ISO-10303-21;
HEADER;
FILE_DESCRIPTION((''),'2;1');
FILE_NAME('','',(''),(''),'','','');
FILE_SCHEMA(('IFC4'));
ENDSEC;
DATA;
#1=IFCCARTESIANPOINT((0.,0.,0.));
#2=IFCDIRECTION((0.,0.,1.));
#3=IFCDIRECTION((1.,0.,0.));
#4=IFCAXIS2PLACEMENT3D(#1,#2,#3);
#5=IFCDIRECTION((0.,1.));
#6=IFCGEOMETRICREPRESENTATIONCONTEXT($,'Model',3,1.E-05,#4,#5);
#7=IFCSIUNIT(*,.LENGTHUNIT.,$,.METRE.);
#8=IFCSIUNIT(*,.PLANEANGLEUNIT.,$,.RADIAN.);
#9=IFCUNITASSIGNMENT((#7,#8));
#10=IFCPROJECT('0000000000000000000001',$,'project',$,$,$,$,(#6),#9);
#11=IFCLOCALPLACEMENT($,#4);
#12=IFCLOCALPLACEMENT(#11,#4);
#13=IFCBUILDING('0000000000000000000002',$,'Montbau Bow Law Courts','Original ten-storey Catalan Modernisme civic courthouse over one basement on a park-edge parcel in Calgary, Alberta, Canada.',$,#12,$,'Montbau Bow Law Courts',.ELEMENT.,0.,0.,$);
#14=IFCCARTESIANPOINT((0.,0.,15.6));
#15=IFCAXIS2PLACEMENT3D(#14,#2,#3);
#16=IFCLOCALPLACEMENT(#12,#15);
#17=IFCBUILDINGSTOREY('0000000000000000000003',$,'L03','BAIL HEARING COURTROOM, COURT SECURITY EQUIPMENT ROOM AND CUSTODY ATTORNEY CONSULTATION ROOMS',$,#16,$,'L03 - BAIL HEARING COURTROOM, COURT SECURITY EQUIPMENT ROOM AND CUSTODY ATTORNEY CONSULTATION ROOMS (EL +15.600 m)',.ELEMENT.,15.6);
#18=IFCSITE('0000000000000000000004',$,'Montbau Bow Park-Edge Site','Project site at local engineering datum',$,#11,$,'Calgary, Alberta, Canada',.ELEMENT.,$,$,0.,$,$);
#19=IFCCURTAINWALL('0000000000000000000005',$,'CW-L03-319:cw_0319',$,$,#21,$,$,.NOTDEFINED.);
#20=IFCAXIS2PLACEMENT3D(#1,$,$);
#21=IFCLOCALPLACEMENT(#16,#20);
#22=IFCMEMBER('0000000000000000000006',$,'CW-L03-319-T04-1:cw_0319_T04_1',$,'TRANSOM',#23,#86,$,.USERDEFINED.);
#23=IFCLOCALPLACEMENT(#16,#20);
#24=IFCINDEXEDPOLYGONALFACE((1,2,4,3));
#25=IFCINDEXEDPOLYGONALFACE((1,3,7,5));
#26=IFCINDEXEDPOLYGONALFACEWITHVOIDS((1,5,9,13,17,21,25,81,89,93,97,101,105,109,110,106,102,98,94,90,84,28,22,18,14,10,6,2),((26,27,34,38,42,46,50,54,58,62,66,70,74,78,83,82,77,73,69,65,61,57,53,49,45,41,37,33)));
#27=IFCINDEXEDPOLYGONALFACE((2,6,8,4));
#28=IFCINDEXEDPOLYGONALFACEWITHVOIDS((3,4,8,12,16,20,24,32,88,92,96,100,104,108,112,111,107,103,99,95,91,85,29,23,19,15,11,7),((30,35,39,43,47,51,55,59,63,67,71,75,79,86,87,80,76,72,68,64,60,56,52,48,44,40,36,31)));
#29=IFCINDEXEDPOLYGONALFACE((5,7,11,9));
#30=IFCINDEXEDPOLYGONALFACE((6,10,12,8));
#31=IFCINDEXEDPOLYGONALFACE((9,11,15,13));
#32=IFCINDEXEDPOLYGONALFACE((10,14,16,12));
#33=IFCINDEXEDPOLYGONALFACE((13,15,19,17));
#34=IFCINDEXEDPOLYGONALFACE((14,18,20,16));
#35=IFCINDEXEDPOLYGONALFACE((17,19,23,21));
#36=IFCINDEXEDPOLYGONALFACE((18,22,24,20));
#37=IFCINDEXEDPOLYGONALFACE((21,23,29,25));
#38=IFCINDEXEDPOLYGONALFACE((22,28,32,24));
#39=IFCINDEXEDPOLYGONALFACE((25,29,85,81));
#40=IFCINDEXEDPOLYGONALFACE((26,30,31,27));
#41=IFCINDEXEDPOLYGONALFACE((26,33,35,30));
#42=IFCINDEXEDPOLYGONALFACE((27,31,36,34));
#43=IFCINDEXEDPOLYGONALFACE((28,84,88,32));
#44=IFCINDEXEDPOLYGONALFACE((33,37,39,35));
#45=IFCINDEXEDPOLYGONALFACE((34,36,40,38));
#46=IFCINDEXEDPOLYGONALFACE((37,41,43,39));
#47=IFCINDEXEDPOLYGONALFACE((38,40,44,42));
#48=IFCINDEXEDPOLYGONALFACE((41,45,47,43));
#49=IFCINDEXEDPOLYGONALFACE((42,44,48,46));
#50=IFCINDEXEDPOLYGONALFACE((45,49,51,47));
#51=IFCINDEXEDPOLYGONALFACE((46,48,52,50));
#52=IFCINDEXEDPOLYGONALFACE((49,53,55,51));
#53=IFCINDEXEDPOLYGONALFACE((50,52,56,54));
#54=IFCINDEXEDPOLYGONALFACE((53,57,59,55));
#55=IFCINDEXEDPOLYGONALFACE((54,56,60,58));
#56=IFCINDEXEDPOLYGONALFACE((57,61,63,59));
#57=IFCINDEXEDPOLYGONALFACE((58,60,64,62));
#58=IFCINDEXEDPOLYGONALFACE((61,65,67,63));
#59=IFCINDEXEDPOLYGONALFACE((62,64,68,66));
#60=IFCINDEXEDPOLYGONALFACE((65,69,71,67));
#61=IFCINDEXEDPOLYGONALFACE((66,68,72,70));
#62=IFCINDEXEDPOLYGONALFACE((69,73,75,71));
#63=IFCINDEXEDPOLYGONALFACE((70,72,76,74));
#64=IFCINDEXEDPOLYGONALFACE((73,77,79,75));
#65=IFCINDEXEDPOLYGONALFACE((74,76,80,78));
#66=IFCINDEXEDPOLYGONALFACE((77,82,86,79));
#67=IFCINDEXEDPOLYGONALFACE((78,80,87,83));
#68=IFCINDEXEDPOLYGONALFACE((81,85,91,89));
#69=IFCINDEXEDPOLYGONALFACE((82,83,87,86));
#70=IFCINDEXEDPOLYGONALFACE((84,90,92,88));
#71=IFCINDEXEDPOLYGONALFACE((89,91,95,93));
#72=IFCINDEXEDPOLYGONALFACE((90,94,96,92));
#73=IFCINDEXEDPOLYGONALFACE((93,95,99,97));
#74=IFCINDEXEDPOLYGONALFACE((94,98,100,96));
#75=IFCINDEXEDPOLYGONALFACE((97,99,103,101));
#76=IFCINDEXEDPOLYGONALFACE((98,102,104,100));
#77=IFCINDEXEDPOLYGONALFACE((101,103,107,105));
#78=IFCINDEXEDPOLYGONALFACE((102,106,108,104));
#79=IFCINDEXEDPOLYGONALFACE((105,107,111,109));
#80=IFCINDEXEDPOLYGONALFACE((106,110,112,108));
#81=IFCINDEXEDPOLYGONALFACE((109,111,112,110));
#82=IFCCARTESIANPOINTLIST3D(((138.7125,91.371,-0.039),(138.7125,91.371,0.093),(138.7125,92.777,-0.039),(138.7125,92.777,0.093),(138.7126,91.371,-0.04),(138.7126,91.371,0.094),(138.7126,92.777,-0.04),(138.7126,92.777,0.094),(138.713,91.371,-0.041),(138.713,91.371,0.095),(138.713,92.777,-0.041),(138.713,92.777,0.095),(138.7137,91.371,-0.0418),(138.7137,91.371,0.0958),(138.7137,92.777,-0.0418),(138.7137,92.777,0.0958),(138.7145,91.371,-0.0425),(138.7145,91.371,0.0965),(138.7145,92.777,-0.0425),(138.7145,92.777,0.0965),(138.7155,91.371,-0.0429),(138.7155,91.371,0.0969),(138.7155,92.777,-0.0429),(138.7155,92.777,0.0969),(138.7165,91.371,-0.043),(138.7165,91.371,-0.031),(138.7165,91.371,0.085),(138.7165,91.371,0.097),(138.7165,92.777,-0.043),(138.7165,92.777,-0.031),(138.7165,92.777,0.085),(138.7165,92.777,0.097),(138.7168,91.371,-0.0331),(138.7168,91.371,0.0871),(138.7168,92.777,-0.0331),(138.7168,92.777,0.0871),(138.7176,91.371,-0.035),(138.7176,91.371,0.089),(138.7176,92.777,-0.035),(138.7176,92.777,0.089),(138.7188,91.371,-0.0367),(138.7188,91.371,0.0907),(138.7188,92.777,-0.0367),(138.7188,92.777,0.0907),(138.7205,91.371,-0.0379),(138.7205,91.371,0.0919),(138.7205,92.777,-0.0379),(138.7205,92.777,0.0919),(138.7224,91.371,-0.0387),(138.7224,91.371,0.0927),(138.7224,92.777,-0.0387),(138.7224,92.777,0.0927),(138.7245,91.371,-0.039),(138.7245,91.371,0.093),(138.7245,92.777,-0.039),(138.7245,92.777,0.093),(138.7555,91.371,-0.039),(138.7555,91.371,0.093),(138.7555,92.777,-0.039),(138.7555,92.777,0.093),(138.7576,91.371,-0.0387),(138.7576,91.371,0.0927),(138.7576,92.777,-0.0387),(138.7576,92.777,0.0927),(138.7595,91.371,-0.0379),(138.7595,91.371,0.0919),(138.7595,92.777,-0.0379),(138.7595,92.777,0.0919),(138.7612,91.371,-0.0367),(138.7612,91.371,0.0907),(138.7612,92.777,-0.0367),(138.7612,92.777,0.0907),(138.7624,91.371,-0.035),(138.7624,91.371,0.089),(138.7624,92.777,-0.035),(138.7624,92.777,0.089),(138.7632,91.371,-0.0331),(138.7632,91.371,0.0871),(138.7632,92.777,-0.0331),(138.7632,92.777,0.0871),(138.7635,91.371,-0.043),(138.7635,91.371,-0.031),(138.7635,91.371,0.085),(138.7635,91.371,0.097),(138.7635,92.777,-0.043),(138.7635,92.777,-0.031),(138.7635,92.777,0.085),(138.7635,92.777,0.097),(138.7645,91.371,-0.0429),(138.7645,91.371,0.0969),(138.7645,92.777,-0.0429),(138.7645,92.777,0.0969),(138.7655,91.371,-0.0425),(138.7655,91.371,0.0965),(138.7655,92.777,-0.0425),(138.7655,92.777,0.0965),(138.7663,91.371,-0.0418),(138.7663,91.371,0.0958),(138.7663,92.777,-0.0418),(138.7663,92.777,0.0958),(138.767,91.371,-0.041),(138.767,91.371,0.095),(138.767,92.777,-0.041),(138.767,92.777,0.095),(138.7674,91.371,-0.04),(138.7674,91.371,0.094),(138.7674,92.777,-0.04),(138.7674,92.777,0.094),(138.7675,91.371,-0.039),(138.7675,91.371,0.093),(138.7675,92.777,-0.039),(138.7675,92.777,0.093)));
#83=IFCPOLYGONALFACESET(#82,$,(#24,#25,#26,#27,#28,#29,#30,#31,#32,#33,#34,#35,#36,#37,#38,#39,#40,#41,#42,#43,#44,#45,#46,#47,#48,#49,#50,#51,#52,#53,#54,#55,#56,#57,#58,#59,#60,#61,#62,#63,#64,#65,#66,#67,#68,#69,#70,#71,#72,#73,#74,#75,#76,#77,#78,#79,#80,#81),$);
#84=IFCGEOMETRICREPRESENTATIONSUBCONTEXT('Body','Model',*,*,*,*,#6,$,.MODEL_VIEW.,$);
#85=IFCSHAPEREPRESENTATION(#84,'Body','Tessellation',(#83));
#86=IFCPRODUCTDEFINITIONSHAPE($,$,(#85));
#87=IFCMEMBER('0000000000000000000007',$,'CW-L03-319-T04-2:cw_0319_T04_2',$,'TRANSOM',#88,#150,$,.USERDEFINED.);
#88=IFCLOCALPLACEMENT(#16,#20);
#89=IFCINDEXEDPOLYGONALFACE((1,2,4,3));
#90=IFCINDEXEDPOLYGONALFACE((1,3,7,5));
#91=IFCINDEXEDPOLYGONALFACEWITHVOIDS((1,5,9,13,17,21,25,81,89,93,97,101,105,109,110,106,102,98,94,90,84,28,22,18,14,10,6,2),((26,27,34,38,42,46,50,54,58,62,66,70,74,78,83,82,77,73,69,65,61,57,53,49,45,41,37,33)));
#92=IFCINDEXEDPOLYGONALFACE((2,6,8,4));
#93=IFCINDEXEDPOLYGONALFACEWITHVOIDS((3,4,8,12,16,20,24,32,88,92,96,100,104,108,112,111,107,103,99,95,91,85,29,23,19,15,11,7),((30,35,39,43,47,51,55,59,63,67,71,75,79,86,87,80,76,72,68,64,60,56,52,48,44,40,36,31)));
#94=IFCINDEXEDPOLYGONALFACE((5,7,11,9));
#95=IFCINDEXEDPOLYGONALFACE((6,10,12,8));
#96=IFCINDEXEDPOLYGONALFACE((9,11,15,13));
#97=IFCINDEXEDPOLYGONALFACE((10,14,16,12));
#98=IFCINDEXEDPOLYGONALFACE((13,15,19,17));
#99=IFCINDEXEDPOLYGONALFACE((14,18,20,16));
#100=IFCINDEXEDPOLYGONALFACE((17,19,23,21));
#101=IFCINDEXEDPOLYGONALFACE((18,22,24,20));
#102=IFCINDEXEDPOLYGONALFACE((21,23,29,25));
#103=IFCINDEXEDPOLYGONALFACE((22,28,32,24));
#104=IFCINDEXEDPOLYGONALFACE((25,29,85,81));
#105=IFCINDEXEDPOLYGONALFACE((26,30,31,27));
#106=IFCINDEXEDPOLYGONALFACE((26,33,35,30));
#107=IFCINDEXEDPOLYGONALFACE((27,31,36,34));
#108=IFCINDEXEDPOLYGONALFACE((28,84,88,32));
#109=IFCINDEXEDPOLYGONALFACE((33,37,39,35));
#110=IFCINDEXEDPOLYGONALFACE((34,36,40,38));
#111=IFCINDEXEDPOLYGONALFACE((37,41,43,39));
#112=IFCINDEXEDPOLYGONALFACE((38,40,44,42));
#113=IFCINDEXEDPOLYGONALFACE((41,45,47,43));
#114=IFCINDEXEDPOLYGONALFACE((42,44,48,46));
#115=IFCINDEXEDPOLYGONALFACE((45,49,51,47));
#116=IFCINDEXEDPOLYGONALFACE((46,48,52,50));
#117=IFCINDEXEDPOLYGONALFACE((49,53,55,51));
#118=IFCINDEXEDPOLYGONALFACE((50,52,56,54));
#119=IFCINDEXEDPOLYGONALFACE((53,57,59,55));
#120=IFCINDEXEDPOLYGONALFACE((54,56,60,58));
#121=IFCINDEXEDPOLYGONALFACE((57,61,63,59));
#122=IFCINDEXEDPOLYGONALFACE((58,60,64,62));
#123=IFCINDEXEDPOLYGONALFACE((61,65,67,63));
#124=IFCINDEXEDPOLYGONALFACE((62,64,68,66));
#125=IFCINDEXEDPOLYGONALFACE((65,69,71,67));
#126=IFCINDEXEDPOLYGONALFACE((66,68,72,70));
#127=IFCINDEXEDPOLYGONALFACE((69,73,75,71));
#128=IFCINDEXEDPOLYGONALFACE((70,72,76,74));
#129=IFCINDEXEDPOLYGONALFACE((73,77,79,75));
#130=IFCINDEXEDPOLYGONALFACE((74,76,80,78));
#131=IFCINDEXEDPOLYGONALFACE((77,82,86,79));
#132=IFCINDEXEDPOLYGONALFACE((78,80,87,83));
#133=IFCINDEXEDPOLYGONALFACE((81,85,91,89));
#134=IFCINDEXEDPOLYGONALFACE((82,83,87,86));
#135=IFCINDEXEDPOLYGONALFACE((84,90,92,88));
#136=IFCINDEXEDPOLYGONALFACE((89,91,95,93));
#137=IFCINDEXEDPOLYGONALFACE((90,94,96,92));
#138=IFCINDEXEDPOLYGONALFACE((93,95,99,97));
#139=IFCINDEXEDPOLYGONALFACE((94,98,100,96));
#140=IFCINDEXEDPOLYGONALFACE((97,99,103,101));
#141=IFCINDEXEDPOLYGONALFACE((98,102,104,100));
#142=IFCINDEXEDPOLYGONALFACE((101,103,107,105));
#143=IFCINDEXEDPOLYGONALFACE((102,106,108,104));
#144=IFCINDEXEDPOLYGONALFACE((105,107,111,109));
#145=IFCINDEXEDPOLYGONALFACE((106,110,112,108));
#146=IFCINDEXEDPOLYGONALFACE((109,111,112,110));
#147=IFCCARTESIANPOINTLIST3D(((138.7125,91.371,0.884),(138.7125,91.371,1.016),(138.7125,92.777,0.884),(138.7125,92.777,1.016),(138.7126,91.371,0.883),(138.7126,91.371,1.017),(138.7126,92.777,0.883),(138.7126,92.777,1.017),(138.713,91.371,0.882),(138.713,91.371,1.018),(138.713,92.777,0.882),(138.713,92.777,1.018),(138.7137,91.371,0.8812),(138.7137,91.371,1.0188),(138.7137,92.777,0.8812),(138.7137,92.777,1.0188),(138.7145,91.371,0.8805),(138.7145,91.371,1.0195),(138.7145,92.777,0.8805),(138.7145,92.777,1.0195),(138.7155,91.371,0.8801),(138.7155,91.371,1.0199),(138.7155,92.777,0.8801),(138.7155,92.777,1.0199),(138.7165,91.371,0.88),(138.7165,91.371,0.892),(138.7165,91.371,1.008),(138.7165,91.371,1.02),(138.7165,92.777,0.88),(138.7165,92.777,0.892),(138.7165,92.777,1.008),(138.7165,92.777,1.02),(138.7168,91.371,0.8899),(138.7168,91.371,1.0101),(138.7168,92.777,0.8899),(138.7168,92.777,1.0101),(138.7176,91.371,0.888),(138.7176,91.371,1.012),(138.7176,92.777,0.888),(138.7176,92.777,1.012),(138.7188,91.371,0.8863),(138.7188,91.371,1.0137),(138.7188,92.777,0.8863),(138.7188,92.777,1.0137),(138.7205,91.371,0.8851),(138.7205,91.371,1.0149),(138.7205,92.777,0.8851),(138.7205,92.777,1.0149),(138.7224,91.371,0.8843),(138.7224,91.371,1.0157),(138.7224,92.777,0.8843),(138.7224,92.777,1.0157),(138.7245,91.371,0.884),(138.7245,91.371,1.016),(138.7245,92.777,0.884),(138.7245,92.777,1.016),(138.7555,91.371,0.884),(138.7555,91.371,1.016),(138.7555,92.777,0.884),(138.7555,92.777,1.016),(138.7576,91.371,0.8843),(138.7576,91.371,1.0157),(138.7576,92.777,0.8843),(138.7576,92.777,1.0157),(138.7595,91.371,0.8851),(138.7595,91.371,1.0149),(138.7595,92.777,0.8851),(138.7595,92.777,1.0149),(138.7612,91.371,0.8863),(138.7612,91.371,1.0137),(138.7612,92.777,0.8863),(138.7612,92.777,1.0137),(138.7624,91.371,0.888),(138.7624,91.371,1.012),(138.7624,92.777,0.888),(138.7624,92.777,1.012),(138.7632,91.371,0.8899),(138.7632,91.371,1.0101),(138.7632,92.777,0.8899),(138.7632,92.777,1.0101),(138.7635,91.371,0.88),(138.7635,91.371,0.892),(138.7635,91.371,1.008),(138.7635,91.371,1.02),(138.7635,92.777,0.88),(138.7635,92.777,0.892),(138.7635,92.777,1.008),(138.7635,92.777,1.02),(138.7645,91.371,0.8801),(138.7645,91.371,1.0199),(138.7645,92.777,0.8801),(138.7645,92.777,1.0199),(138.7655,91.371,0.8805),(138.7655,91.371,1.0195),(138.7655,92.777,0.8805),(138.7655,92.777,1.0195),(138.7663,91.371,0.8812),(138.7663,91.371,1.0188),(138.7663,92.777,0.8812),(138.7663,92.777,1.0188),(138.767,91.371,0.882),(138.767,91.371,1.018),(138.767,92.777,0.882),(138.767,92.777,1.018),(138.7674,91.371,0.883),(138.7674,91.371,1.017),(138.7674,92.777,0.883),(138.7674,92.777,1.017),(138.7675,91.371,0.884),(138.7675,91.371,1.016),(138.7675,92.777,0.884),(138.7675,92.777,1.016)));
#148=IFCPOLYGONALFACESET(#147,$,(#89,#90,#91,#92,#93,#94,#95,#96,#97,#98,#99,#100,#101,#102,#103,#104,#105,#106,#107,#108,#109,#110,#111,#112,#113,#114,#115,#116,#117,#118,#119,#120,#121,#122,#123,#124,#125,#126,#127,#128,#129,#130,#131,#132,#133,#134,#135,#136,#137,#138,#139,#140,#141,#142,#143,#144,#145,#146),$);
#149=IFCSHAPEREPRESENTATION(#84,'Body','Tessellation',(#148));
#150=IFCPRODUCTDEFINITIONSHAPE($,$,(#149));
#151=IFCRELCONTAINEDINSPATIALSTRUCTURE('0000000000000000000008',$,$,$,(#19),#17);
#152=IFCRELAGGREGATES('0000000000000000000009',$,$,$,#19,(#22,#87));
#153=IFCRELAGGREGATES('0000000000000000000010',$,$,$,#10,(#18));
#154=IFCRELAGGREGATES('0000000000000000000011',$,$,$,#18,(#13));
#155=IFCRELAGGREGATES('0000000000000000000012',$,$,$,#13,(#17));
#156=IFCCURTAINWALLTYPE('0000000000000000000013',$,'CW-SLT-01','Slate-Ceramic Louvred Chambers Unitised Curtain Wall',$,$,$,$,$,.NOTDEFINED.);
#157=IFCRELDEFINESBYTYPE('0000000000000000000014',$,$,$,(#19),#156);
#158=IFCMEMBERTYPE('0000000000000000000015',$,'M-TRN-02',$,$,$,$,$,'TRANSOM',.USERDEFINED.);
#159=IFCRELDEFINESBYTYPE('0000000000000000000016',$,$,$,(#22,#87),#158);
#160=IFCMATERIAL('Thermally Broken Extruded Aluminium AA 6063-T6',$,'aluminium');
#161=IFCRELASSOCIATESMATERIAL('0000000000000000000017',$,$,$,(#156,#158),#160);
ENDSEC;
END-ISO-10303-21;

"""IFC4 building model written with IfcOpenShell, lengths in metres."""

from ifc_helpers import new_model, si_unit, direction, frame, origin_with_axes, origin_2d_with_axis, place, context, subcontext, project, spatial, hollow_rectangle, extrude, material, material_profile, profile_set, type_object, element, aggregate, save


model = new_model("IFC4")

# Units and contexts
model_context = context("Model", 3, precision=1e-05, world=origin_with_axes(), true_north=direction((0.0, 1.0)))
body_context = subcontext(model_context, "Body", "Model", "MODEL_VIEW")
ifc_project = project(units=[si_unit("LENGTHUNIT", "METRE"), si_unit("PLANEANGLEUNIT", "RADIAN")], contexts=[model_context])

# Site, building, storey
site_placement = place(None, origin_with_axes())
site = spatial("IfcSite", under=ifc_project, at=site_placement, Name="Montbau Bow Park-Edge Site", Description="Project site at local engineering datum", LongName="Calgary, Alberta, Canada", CompositionType="ELEMENT", RefElevation=0.0)
building_placement = place(site_placement, origin_with_axes())
building = spatial("IfcBuilding", under=site, at=building_placement, Name="Montbau Bow Law Courts", Description="Original ten-storey Catalan Modernisme civic courthouse over one basement on a park-edge parcel in Calgary, Alberta, Canada.", LongName="Montbau Bow Law Courts", CompositionType="ELEMENT", ElevationOfRefHeight=0.0, ElevationOfTerrain=0.0)
storey_placement = place(building_placement, frame((0.0, 0.0, 15.6), z_axis=(0.0, 0.0, 1.0), x_axis=(1.0, 0.0, 0.0)))
storey = spatial("IfcBuildingStorey", under=building, at=storey_placement, Name="L03", Description="BAIL HEARING COURTROOM, COURT SECURITY EQUIPMENT ROOM AND CUSTODY ATTORNEY CONSULTATION ROOMS", LongName="L03 - BAIL HEARING COURTROOM, COURT SECURITY EQUIPMENT ROOM AND CUSTODY ATTORNEY CONSULTATION ROOMS (EL +15.600 m)", CompositionType="ELEMENT", Elevation=15.6)

# Curtain wall, members
ifc_material_1 = material(Name="Thermally Broken Extruded Aluminium AA 6063-T6", Category="aluminium")
curtain_wall_type = type_object("IfcCurtainWallType", Name="CW-SLT-01", Description="Slate-Ceramic Louvred Chambers Unitised Curtain Wall", PredefinedType="NOTDEFINED", material=ifc_material_1)
curtain_wall_placement = place(None, frame((138.74, 86.915, 15.6), z_axis=(0.0, 0.0, 1.0), x_axis=(1.0, 0.0, 0.0)))
curtain_wall = element("IfcCurtainWall", 1, at=curtain_wall_placement, inside=storey, type_object=curtain_wall_type, Name="CW-L03-319:cw_0319", PredefinedType="NOTDEFINED")
ifc_material_profile_1 = material_profile(ifc_material_1, hollow_rectangle(XDim=0.055, YDim=0.14, WallThickness=0.004, InnerFilletRadius=0.008, OuterFilletRadius=0.004, at=origin_2d_with_axis()), Name="CWT-140X55", Category="Main", Priority=0)
ifc_profile_set_1 = profile_set([ifc_material_profile_1], Name="Thermally Broken Extruded Aluminium AA 6063-T6")
member_type_1 = type_object("IfcMemberType", Name="M-TRN-02", ElementType="TRANSOM", PredefinedType="USERDEFINED", material=ifc_profile_set_1)
member_1_placement = place(None, frame((138.74, 91.371, 15.627), z_axis=(0.0, 1.0, 0.0), x_axis=(-1.0, 0.0, 0.0)))
member_1 = element("IfcMember", 2, at=member_1_placement, type_object=member_type_1, Name="CW-L03-319-T04-1:cw_0319_T04_1", ObjectType="TRANSOM", PredefinedType="USERDEFINED", context=body_context, shape_type="SweptSolid", body=[
    extrude(hollow_rectangle(XDim=0.055, YDim=0.14, WallThickness=0.004, InnerFilletRadius=0.008, OuterFilletRadius=0.004, at=origin_2d_with_axis()), origin_with_axes(), (0.0, 0.0, 1.0), 1.406),
])
member_2_placement = place(None, frame((138.74, 91.371, 16.55), z_axis=(0.0, 1.0, 0.0), x_axis=(-1.0, 0.0, 0.0)))
member_2 = element("IfcMember", 3, at=member_2_placement, type_object=member_type_1, Name="CW-L03-319-T04-2:cw_0319_T04_2", ObjectType="TRANSOM", PredefinedType="USERDEFINED", context=body_context, shape_type="SweptSolid", body=[
    extrude(hollow_rectangle(XDim=0.055, YDim=0.14, WallThickness=0.004, InnerFilletRadius=0.008, OuterFilletRadius=0.004, at=origin_2d_with_axis()), origin_with_axes(), (0.0, 0.0, 1.0), 1.406),
])
aggregate(curtain_wall, [member_1, member_2])

save(model, "model.ifc")
